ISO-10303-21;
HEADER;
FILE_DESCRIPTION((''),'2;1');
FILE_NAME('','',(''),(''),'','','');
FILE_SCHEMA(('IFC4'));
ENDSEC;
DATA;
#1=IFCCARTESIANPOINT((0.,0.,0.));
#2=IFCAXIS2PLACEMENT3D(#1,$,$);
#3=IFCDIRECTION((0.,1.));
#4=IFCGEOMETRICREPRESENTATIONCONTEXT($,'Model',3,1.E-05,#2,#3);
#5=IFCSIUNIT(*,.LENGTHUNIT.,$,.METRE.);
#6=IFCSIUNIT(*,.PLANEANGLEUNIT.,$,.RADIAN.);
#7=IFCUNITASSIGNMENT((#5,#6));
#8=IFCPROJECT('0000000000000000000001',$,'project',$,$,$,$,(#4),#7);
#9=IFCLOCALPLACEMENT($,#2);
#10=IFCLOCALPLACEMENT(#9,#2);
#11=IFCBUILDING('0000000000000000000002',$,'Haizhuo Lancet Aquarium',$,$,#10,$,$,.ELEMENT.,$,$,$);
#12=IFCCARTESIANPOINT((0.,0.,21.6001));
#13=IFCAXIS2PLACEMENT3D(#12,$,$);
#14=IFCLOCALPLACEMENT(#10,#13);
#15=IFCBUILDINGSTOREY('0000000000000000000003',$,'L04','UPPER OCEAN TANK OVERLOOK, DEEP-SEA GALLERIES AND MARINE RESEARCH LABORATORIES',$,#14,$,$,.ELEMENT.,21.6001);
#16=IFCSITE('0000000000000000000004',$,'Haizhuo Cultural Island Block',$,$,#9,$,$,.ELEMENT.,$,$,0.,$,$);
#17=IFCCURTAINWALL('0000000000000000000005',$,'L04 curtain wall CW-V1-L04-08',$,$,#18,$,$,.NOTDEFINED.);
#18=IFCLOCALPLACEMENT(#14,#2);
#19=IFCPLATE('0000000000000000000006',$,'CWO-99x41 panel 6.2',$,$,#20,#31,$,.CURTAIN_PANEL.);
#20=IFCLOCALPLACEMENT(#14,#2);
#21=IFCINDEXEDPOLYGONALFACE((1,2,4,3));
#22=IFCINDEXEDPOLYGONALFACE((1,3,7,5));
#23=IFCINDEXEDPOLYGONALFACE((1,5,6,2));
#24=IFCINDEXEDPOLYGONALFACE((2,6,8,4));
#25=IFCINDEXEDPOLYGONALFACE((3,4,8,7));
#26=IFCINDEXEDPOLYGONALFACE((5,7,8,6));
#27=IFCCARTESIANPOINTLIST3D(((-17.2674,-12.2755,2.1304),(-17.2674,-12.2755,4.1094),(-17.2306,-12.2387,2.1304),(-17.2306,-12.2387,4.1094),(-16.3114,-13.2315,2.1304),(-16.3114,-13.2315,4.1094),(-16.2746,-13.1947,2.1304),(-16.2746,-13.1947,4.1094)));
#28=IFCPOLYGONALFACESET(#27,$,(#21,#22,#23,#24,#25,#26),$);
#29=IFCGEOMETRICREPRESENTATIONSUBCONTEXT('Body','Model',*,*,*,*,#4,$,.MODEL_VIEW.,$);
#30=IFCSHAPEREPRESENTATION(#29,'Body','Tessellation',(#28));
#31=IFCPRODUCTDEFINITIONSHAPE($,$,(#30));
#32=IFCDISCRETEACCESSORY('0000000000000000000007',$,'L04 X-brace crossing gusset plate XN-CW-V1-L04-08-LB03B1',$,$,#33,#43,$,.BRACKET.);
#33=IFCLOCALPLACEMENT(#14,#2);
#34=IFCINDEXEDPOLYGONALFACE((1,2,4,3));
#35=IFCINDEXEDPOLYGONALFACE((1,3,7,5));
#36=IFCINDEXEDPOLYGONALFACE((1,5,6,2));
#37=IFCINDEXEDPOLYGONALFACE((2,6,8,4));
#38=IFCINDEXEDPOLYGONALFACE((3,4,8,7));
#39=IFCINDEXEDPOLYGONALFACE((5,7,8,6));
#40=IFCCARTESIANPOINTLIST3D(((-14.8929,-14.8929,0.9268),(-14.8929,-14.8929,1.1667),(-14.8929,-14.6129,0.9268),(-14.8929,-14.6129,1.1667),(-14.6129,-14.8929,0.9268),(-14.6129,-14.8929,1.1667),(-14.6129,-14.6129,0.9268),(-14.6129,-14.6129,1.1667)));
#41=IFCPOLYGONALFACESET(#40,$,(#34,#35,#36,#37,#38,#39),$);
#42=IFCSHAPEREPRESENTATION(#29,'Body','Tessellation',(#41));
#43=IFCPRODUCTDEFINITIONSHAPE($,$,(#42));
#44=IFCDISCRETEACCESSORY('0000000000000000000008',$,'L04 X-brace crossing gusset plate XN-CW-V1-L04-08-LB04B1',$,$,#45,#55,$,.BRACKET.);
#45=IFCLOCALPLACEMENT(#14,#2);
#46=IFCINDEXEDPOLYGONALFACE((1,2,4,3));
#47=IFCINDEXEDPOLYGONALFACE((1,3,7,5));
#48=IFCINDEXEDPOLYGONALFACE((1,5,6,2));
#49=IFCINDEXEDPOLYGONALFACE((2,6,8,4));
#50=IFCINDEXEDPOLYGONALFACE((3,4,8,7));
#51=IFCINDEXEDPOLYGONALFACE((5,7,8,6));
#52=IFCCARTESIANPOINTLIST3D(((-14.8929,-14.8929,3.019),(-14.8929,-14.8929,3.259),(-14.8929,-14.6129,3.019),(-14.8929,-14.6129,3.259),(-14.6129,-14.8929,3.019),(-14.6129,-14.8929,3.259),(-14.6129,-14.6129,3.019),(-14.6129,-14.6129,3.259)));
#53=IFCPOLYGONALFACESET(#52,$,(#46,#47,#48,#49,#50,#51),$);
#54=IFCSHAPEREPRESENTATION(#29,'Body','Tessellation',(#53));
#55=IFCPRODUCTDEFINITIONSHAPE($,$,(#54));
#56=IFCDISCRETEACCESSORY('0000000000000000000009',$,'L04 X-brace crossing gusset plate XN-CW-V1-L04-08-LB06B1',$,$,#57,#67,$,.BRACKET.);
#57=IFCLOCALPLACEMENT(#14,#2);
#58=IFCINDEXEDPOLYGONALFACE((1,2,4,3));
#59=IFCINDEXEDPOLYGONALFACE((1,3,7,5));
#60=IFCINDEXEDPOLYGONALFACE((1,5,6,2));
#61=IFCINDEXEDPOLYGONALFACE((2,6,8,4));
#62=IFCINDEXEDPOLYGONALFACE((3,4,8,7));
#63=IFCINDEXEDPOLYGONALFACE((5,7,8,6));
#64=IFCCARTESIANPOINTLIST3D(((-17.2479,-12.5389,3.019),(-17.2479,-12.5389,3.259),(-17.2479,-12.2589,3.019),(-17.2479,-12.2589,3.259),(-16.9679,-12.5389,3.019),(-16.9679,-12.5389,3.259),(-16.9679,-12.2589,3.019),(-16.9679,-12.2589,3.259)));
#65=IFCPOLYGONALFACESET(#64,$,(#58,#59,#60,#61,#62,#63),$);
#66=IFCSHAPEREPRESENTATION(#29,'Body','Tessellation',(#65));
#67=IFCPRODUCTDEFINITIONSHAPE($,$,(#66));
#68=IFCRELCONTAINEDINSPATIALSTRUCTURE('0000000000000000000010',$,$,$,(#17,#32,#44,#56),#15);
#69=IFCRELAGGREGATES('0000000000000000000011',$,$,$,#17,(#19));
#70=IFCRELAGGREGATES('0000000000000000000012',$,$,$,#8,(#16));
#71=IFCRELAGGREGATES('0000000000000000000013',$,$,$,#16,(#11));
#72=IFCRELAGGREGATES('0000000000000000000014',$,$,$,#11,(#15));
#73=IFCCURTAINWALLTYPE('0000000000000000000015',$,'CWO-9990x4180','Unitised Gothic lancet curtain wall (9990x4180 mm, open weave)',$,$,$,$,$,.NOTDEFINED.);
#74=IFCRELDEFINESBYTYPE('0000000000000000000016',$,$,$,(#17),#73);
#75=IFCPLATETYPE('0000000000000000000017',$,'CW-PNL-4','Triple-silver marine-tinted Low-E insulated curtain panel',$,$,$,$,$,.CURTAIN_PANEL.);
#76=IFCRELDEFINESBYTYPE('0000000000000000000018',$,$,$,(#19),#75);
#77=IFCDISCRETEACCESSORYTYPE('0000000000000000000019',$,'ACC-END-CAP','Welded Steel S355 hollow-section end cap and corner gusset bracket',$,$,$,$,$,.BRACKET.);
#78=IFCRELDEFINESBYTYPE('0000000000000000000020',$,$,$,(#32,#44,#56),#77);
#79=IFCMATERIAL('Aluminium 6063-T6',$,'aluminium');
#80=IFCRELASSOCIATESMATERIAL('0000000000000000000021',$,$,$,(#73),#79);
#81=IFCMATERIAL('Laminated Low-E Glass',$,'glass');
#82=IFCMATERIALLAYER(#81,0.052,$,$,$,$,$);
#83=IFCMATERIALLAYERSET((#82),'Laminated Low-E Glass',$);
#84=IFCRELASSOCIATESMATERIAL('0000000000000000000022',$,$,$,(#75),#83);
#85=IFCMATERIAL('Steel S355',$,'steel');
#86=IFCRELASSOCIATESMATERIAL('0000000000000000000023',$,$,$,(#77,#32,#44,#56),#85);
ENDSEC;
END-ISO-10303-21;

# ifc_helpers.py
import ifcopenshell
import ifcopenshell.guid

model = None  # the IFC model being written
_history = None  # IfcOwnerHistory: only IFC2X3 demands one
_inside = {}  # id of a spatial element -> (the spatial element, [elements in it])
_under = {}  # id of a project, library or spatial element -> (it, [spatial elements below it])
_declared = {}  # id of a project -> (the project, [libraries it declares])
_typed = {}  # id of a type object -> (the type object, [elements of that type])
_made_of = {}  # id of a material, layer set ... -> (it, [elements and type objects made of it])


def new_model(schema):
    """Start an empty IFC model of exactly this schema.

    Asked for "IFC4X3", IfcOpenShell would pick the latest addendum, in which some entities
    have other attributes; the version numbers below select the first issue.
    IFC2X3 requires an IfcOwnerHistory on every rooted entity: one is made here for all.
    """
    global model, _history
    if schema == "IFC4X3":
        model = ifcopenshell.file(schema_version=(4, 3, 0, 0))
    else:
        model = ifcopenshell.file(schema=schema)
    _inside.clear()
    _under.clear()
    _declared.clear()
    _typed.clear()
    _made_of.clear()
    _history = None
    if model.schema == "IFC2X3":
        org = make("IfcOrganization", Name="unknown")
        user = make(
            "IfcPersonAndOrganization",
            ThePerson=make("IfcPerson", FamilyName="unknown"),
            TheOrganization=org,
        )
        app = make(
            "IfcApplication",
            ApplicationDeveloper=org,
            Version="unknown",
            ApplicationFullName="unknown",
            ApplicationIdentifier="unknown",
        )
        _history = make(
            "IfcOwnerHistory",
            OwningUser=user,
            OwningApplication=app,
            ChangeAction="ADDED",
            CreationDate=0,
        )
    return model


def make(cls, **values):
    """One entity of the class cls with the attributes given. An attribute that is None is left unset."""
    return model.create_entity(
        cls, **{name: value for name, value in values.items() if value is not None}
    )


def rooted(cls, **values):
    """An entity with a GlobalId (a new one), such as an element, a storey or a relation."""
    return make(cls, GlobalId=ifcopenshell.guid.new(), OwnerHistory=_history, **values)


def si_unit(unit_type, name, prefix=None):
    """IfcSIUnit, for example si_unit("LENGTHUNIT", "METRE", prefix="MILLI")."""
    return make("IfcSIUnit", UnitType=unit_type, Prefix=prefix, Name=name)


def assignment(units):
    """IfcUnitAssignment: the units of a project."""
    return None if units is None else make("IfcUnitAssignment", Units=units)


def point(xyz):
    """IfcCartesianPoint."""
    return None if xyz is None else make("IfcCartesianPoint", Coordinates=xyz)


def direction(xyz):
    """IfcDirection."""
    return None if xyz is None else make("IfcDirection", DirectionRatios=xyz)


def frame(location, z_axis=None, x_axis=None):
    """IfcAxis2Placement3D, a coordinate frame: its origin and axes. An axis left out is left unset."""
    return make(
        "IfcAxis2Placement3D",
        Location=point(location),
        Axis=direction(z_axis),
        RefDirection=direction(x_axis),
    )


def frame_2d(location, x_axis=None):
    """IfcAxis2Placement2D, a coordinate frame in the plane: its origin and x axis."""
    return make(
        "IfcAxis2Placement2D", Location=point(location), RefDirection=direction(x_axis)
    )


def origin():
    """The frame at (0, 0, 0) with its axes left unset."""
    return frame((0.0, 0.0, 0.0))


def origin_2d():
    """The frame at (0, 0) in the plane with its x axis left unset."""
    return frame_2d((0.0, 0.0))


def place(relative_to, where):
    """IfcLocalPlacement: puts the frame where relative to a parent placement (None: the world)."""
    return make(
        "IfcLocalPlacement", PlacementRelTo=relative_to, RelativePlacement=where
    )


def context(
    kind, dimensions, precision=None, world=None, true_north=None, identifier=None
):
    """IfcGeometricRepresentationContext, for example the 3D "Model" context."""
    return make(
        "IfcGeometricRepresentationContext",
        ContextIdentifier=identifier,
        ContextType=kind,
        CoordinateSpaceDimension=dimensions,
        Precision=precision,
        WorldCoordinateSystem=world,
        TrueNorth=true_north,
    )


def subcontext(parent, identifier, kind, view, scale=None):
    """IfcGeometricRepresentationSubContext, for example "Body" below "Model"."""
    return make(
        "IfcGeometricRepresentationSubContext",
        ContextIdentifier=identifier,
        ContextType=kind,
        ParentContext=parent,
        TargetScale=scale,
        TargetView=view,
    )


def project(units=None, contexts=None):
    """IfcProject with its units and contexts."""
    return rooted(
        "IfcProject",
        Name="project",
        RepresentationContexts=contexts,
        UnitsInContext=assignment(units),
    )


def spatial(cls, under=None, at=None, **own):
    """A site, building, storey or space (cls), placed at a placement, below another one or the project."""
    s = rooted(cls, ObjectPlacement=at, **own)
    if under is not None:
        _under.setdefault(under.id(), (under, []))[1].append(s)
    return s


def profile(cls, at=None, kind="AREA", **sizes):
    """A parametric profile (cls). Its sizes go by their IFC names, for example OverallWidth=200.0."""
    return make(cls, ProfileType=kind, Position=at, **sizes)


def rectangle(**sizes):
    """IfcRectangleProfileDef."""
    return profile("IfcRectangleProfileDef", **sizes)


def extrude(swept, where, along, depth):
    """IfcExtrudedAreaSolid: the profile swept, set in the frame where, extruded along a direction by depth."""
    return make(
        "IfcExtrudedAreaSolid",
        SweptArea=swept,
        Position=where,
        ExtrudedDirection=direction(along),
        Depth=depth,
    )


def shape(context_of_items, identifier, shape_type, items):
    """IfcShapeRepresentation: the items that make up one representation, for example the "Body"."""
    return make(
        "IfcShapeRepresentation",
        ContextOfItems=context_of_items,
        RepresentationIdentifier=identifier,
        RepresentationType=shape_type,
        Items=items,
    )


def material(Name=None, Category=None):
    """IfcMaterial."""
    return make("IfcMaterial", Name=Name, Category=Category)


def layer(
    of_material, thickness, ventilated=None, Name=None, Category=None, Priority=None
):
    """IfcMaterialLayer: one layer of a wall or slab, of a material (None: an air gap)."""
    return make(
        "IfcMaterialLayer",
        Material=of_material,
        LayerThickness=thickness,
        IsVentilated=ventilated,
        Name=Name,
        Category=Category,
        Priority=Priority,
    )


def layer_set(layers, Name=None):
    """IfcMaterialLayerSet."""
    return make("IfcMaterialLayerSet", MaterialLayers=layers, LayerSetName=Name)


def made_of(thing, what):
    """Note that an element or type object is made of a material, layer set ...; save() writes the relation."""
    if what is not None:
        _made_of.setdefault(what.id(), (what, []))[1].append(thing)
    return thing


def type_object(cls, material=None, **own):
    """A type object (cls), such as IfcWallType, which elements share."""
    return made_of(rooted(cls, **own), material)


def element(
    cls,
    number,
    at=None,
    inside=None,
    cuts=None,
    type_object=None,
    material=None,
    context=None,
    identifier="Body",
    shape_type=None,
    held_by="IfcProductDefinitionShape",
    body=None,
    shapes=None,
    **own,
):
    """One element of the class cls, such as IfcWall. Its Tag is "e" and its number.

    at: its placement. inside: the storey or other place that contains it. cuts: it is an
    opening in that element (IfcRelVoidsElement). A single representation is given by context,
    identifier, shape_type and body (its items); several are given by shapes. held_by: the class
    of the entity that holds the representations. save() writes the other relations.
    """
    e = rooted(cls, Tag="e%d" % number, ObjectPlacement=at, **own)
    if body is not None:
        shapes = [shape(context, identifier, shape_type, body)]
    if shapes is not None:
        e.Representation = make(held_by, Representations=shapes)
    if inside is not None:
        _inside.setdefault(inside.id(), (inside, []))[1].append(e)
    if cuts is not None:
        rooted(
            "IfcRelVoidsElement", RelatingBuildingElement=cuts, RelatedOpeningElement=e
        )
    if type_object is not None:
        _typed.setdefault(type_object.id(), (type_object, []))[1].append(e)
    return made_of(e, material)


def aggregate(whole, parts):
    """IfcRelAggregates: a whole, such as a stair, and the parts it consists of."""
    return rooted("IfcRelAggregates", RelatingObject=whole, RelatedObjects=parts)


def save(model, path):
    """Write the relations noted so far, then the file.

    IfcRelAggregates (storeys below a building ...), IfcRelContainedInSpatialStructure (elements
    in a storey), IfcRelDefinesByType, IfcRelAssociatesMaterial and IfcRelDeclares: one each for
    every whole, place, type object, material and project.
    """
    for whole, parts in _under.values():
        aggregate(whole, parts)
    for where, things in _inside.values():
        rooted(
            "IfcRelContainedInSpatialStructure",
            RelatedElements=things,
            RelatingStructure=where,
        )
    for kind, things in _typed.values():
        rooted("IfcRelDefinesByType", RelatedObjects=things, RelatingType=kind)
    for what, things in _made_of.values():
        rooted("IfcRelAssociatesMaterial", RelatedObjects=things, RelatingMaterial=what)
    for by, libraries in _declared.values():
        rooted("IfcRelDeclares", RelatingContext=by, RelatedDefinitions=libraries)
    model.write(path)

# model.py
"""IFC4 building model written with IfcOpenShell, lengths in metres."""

from ifc_helpers import new_model, si_unit, direction, frame, origin, origin_2d, place, context, subcontext, project, spatial, rectangle, extrude, material, layer, layer_set, type_object, element, aggregate, save


model = new_model("IFC4")

# Units and contexts
model_context = context("Model", 3, precision=1e-05, world=origin(), true_north=direction((0.0, 1.0)))
body_context = subcontext(model_context, "Body", "Model", "MODEL_VIEW")
ifc_project = project(units=[si_unit("LENGTHUNIT", "METRE"), si_unit("PLANEANGLEUNIT", "RADIAN")], contexts=[model_context])

# Site, building, storey
site_placement = place(None, origin())
site = spatial("IfcSite", under=ifc_project, at=site_placement, Name="Haizhuo Cultural Island Block", CompositionType="ELEMENT", RefElevation=0.0)
building_placement = place(site_placement, origin())
building = spatial("IfcBuilding", under=site, at=building_placement, Name="Haizhuo Lancet Aquarium", CompositionType="ELEMENT")
storey_placement = place(building_placement, frame((0.0, 0.0, 21.6001)))
storey = spatial("IfcBuildingStorey", under=building, at=storey_placement, Name="L04", Description="UPPER OCEAN TANK OVERLOOK, DEEP-SEA GALLERIES AND MARINE RESEARCH LABORATORIES", CompositionType="ELEMENT", Elevation=21.6001)

# Curtain wall
ifc_material_1 = material(Name="Aluminium 6063-T6", Category="aluminium")
curtain_wall_type = type_object("IfcCurtainWallType", Name="CWO-9990x4180", Description="Unitised Gothic lancet curtain wall (9990x4180 mm, open weave)", PredefinedType="NOTDEFINED", material=ifc_material_1)
curtain_wall_placement = place(storey_placement, origin())
curtain_wall = element("IfcCurtainWall", 1, at=curtain_wall_placement, inside=storey, type_object=curtain_wall_type, Name="L04 curtain wall CW-V1-L04-08", PredefinedType="NOTDEFINED")

# Shared definitions
ifc_material_2 = material(Name="Steel S355", Category="steel")

# Plate
ifc_material_3 = material(Name="Laminated Low-E Glass", Category="glass")
ifc_layer = layer(ifc_material_3, 0.052)
ifc_layer_set = layer_set([ifc_layer], Name="Laminated Low-E Glass")
plate_type = type_object("IfcPlateType", Name="CW-PNL-4", Description="Triple-silver marine-tinted Low-E insulated curtain panel", PredefinedType="CURTAIN_PANEL", material=ifc_layer_set)
plate_1_placement = place(storey_placement, frame((-16.771, -12.7351, 2.1304), z_axis=(0.0, 0.0, 1.0), x_axis=(-0.707107, 0.707107, 0.0)))
plate_1 = element("IfcPlate", 2, at=plate_1_placement, type_object=plate_type, Name="CWO-99x41 panel 6.2", PredefinedType="CURTAIN_PANEL", context=body_context, shape_type="SweptSolid", body=[
    extrude(rectangle(XDim=1.3521, YDim=0.052, at=origin_2d()), origin(), (0.0, 0.0, 1.0), 1.979),
])
aggregate(curtain_wall, [plate_1])

# Discrete accessories
discrete_accessory_type = type_object("IfcDiscreteAccessoryType", Name="ACC-END-CAP", Description="Welded Steel S355 hollow-section end cap and corner gusset bracket", PredefinedType="BRACKET", material=ifc_material_2)
for number, where, z_axis, x_axis, name in (
    (3, (-14.7529, -14.7529, 0.9268), (0.0, 0.0, 1.0), (1.0, 0.0, 0.0), "L04 X-brace crossing gusset plate XN-CW-V1-L04-08-LB03B1"),
    (4, (-14.7529, -14.7529, 3.019), (0.0, 0.0, 1.0), (1.0, 0.0, 0.0), "L04 X-brace crossing gusset plate XN-CW-V1-L04-08-LB04B1"),
    (5, (-17.1079, -12.3989, 3.019), (0.0, 0.0, 1.0), (1.0, 0.0, 0.0), "L04 X-brace crossing gusset plate XN-CW-V1-L04-08-LB06B1"),
):
    element("IfcDiscreteAccessory", number, at=place(storey_placement, frame(where, z_axis=z_axis, x_axis=x_axis)), inside=storey, type_object=discrete_accessory_type, material=ifc_material_2, Name=name, PredefinedType="BRACKET", context=body_context, shape_type="SweptSolid", body=[
        extrude(rectangle(XDim=0.28, YDim=0.28, at=origin_2d()), origin(), (0.0, 0.0, 1.0), 0.24),
    ])

save(model, "model.ifc")
